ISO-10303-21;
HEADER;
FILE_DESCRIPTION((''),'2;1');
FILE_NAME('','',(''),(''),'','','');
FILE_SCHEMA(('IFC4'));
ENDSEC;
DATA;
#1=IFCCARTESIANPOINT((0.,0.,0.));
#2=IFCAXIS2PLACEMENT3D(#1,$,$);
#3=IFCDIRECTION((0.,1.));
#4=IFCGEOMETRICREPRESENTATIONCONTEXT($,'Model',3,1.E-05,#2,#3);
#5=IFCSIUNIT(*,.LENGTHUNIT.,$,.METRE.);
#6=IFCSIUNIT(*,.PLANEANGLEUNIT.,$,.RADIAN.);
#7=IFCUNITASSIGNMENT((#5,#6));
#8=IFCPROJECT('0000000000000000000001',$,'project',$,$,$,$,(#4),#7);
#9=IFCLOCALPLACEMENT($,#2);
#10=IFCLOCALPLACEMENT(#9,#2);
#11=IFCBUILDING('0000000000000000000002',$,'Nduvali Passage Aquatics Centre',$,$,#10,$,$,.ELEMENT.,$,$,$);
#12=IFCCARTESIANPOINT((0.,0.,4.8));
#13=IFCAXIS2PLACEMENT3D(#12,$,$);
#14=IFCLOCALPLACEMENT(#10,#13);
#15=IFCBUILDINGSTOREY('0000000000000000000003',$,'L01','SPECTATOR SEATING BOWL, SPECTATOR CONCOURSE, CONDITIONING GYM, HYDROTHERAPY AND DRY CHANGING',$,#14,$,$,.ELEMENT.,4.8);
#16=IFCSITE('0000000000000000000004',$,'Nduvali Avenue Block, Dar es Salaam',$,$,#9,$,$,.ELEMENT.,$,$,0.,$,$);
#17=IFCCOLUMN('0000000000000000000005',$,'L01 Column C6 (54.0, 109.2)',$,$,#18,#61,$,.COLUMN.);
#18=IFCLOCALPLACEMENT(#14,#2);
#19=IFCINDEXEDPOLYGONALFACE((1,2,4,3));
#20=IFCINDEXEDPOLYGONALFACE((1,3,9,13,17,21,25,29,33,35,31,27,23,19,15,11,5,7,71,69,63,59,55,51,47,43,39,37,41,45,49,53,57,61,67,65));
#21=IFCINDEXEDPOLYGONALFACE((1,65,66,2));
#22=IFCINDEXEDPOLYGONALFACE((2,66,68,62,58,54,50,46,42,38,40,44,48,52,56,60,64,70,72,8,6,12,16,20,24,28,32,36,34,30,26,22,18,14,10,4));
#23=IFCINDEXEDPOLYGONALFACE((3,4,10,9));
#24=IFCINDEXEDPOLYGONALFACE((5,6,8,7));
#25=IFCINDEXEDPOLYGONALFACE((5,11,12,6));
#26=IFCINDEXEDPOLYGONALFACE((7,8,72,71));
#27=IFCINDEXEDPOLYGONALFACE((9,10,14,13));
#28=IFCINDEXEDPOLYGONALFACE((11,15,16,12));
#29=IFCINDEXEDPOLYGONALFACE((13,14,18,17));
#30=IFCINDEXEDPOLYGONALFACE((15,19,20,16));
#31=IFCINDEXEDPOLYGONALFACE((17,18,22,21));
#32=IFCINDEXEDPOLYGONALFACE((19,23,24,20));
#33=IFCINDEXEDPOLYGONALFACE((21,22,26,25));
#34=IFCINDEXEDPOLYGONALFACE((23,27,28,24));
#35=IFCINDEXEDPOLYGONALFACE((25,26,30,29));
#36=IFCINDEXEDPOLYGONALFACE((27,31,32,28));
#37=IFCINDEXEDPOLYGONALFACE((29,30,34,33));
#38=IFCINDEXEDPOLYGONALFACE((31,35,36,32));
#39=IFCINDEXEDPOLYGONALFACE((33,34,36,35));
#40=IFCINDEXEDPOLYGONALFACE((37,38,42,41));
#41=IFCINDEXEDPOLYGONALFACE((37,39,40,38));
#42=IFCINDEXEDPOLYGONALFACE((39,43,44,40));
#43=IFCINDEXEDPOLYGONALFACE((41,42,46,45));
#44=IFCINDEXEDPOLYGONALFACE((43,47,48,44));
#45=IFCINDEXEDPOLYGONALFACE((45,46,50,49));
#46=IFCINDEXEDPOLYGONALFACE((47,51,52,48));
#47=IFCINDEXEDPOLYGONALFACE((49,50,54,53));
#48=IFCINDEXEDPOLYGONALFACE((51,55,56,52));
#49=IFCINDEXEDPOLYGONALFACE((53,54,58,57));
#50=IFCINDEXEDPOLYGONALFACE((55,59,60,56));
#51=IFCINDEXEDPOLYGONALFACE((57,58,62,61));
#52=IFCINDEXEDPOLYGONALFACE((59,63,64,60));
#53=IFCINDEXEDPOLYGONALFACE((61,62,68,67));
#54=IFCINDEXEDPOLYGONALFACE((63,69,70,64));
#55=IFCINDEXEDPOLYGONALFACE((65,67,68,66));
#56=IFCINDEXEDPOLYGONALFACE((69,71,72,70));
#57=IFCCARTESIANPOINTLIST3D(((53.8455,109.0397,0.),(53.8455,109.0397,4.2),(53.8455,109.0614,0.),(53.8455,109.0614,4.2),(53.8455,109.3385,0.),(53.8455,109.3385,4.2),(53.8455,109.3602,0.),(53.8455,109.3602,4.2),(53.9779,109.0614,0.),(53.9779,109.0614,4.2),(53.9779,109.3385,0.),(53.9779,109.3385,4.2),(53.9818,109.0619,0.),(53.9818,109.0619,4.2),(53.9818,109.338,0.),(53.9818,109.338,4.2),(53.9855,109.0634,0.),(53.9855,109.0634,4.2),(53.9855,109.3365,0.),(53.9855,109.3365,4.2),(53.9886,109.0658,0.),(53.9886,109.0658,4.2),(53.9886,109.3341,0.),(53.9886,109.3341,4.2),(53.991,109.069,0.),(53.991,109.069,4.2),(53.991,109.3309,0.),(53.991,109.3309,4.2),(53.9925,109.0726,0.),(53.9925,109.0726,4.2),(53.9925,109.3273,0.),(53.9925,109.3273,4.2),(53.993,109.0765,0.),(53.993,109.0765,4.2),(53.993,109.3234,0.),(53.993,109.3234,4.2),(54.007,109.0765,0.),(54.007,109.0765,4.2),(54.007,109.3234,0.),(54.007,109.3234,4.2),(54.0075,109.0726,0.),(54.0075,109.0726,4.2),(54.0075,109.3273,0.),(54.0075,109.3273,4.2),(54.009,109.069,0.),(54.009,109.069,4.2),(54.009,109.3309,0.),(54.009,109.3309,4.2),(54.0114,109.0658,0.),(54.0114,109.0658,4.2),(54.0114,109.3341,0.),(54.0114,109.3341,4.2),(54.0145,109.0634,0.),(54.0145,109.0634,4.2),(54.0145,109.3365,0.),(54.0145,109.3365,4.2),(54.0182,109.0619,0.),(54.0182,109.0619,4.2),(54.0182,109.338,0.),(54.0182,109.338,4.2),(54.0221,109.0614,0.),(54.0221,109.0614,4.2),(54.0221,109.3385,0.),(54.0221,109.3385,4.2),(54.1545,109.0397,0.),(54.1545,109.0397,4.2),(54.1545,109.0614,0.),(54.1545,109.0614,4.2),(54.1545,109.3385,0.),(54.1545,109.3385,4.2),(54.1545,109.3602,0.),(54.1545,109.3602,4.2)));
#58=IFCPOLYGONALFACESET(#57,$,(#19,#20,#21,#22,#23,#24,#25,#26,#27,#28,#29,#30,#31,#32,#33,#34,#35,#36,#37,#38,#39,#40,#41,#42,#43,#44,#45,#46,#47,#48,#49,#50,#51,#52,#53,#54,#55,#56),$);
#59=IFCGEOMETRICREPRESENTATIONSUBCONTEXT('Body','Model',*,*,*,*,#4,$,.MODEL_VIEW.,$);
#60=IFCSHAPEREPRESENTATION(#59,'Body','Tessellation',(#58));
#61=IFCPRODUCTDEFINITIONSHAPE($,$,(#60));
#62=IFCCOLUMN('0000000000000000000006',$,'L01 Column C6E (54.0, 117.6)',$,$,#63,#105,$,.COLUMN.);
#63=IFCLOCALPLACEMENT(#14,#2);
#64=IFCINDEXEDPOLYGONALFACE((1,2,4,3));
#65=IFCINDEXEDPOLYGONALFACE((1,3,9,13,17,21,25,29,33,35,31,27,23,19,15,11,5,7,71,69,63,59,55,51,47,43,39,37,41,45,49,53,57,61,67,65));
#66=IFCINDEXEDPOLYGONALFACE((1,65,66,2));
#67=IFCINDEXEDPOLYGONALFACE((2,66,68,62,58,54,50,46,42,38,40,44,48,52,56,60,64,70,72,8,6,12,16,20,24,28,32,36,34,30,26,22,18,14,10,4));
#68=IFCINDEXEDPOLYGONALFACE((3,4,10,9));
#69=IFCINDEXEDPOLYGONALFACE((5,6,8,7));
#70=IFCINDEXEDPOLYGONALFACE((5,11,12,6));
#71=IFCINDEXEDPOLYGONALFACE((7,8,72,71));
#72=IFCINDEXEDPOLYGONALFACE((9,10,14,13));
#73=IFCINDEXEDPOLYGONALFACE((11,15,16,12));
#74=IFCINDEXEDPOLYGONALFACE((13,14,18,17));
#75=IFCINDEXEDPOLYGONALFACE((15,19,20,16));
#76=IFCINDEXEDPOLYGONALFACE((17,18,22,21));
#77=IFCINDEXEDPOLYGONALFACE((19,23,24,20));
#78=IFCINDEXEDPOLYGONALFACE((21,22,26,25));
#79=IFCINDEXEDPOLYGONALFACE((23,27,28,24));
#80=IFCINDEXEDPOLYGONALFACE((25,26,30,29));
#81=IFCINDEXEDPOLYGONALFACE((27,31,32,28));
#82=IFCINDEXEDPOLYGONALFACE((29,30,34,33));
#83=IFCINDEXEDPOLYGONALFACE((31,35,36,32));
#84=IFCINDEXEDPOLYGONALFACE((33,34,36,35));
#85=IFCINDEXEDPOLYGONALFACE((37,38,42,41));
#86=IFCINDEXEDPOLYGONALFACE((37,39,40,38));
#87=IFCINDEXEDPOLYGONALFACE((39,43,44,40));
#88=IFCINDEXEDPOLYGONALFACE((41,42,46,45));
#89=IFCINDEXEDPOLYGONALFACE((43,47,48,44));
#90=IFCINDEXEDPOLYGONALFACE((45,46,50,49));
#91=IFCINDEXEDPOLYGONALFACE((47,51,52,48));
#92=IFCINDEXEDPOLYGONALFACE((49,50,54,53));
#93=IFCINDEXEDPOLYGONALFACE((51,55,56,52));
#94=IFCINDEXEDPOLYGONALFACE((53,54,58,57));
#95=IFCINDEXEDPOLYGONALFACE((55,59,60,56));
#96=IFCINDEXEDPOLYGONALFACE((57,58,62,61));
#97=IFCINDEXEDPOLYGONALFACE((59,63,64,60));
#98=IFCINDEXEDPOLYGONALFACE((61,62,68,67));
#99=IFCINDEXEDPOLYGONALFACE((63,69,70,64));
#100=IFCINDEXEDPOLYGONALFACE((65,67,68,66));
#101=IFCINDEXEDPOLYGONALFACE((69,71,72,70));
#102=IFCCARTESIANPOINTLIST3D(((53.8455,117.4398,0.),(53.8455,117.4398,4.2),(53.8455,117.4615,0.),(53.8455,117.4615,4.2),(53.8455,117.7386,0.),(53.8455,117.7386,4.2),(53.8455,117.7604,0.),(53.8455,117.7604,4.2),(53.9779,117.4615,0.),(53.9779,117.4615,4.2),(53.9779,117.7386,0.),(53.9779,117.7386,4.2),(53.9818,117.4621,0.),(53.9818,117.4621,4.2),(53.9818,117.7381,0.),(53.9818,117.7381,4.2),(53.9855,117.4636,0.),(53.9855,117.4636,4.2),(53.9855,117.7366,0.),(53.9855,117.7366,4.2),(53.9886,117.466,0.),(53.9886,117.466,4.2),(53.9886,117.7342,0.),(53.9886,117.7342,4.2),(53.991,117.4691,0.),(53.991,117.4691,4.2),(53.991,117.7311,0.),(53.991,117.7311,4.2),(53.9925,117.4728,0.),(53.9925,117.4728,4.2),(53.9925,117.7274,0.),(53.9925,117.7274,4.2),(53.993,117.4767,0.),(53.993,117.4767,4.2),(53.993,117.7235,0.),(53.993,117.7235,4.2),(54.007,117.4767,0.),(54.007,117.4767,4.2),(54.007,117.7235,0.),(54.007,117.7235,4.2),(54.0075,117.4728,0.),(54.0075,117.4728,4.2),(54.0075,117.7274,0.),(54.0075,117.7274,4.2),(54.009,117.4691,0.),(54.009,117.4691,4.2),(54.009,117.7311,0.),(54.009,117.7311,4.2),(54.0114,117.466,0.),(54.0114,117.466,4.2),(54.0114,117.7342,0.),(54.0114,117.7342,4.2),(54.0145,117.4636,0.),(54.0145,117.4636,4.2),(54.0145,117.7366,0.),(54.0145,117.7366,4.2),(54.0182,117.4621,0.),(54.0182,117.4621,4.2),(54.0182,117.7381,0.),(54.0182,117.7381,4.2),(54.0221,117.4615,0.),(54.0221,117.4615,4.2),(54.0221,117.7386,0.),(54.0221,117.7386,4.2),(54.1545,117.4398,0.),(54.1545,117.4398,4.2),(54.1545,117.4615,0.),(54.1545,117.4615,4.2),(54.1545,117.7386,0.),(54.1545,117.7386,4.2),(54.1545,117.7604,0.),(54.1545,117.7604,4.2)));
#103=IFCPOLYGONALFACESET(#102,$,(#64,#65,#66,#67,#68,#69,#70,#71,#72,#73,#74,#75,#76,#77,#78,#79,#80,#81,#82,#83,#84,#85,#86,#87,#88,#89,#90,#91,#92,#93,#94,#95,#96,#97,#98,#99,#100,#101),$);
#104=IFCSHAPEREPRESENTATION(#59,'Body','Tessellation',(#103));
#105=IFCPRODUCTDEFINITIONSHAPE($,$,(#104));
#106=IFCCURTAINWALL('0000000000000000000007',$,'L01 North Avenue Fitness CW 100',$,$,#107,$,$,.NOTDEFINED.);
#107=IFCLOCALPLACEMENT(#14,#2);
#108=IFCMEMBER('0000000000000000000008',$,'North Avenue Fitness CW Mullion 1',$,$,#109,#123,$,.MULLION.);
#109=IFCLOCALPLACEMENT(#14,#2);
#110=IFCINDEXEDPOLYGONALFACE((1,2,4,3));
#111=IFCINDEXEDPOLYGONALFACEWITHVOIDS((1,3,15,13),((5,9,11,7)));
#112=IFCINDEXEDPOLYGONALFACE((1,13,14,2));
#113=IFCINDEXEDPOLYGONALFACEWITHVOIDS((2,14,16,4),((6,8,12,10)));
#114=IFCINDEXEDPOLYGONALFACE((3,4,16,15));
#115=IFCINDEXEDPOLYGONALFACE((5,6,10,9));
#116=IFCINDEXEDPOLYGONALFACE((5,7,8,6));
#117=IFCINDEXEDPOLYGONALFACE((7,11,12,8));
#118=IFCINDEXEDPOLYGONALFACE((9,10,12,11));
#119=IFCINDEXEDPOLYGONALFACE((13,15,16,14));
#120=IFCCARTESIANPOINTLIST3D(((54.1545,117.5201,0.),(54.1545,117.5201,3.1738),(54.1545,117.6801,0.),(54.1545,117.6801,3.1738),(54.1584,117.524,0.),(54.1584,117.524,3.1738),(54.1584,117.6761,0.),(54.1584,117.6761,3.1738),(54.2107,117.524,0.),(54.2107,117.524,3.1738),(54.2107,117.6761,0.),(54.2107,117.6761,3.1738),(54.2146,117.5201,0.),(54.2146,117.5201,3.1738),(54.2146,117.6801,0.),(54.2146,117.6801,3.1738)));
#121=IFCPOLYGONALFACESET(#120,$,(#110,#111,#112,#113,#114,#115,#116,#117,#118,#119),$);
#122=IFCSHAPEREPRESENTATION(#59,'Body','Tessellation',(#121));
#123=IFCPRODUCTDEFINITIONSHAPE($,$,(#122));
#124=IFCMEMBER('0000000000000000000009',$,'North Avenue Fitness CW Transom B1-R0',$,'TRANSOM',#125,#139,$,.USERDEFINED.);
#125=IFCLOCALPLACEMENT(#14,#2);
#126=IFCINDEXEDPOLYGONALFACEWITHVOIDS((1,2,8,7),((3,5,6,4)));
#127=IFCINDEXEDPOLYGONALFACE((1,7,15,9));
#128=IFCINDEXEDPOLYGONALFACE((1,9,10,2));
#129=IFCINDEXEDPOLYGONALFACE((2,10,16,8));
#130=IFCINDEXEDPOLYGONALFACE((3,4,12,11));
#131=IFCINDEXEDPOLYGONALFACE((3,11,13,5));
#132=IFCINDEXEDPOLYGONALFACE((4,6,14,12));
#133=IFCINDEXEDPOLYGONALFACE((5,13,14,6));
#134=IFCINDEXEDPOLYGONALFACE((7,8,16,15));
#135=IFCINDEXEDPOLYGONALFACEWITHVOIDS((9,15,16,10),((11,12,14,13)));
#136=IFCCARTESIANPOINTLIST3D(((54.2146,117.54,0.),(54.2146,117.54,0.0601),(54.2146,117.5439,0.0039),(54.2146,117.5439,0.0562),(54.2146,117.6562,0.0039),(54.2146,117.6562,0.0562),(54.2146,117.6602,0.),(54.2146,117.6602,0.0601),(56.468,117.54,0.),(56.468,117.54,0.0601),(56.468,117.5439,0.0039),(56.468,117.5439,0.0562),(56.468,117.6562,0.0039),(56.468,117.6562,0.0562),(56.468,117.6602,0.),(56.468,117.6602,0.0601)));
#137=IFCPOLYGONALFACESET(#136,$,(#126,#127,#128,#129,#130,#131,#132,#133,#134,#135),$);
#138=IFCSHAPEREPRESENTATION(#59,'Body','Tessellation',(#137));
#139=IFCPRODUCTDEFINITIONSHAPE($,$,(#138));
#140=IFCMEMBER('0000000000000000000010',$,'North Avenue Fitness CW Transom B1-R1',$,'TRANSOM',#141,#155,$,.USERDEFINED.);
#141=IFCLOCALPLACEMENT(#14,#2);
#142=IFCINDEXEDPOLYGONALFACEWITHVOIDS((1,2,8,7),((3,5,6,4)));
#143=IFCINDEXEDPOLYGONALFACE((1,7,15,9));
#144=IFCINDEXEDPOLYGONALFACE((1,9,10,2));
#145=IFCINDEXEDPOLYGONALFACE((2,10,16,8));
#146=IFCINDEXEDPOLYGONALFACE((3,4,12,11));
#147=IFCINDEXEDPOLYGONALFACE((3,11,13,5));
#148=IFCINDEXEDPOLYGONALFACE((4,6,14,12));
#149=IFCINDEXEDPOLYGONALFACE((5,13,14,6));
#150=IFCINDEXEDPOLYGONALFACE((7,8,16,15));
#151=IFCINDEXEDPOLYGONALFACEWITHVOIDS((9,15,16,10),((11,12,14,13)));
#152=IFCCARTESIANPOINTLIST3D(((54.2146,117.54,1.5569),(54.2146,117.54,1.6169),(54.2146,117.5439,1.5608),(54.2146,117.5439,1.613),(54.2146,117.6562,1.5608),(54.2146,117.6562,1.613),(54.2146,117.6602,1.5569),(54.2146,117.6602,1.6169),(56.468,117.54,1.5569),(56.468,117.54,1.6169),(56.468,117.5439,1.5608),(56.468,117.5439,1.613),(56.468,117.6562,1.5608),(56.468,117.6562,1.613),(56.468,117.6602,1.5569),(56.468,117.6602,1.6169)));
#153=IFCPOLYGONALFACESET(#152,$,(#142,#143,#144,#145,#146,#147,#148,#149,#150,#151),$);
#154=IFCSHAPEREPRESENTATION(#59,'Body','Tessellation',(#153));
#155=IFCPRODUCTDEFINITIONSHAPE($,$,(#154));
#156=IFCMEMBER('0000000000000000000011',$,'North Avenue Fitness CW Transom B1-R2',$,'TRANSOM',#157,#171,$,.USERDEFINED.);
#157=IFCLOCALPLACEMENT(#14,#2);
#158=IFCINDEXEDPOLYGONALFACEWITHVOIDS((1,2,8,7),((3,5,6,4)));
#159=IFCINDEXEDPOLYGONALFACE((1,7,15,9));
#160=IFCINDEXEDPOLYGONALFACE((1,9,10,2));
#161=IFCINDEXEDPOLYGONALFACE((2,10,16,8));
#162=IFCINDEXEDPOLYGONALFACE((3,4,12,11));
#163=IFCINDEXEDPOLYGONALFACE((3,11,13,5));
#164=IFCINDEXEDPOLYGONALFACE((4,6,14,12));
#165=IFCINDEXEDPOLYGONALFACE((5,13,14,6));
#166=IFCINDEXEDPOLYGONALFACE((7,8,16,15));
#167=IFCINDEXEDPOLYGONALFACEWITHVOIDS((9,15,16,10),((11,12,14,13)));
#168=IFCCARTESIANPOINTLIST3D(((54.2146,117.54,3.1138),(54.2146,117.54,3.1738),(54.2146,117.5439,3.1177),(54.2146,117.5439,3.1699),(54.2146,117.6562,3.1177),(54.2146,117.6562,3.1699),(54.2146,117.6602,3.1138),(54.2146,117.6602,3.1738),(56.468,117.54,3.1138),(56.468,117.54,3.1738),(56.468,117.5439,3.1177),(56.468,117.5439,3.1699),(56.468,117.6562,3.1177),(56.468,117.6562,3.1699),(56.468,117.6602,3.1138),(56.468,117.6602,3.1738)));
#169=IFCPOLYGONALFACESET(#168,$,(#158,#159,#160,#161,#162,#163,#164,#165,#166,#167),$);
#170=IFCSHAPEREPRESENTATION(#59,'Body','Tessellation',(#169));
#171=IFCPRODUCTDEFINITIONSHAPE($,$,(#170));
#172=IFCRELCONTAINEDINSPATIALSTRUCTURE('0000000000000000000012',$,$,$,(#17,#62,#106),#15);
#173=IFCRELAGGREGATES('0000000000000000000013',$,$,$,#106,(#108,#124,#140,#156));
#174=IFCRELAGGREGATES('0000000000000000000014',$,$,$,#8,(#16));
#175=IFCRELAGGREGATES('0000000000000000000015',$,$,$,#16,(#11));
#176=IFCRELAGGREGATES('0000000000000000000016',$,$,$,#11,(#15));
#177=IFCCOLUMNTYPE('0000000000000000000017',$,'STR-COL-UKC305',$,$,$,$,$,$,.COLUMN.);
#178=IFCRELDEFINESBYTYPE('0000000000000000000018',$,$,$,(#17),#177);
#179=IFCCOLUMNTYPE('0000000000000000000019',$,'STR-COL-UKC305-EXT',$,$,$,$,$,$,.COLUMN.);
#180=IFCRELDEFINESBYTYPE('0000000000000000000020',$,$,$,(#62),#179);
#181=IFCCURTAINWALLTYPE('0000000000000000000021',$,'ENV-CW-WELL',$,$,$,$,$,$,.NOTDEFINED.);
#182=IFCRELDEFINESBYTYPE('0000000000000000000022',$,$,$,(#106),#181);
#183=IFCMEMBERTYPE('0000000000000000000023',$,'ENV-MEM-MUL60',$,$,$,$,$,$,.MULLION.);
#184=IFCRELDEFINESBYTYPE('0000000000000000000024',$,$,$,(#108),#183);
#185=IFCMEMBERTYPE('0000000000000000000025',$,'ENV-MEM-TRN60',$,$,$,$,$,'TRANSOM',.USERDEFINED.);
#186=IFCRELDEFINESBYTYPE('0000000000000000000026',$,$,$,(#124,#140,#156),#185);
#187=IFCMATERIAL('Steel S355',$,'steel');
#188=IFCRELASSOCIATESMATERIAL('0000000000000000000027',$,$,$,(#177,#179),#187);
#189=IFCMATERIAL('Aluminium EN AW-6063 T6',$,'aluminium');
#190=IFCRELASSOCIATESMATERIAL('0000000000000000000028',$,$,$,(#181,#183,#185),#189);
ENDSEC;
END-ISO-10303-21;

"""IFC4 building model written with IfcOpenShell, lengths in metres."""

from ifc_helpers import new_model, si_unit, direction, frame, origin, origin_2d, place, context, subcontext, project, spatial, hollow_rectangle, i_section, extrude, material, material_profile, profile_set, type_object, element, aggregate, save


model = new_model("IFC4")

# Units and contexts
model_context = context("Model", 3, precision=1e-05, world=origin(), true_north=direction((0.0, 1.0)))
body_context = subcontext(model_context, "Body", "Model", "MODEL_VIEW")
ifc_project = project(units=[si_unit("LENGTHUNIT", "METRE"), si_unit("PLANEANGLEUNIT", "RADIAN")], contexts=[model_context])

# Site, building, storey
site_placement = place(None, origin())
site = spatial("IfcSite", under=ifc_project, at=site_placement, Name="Nduvali Avenue Block, Dar es Salaam", CompositionType="ELEMENT", RefElevation=0.0)
building_placement = place(site_placement, origin())
building = spatial("IfcBuilding", under=site, at=building_placement, Name="Nduvali Passage Aquatics Centre", CompositionType="ELEMENT")
storey_placement = place(building_placement, frame((0.0, 0.0, 4.8)))
storey = spatial("IfcBuildingStorey", under=building, at=storey_placement, Name="L01", Description="SPECTATOR SEATING BOWL, SPECTATOR CONCOURSE, CONDITIONING GYM, HYDROTHERAPY AND DRY CHANGING", CompositionType="ELEMENT", Elevation=4.8)

# Columns
ifc_material_1 = material(Name="Steel S355", Category="steel")
ifc_material_profile_1 = material_profile(ifc_material_1, i_section(OverallWidth=0.3091, OverallDepth=0.3206, WebThickness=0.0139, FlangeThickness=0.0217, FilletRadius=0.0151, at=origin_2d()), Name="UKC 305x305x137")
ifc_profile_set_1 = profile_set([ifc_material_profile_1], Name="Steel S355")
column_type_1 = type_object("IfcColumnType", Name="STR-COL-UKC305", PredefinedType="COLUMN", material=ifc_profile_set_1)
column_1_placement = place(storey_placement, frame((54.0, 109.2, 0.0), z_axis=(0.0, 0.0, 1.0), x_axis=(1.0, 0.0, 0.0)))
element("IfcColumn", 1, at=column_1_placement, inside=storey, type_object=column_type_1, Name="L01 Column C6 (54.0, 109.2)", PredefinedType="COLUMN", context=body_context, shape_type="SweptSolid", body=[
    extrude(i_section(OverallWidth=0.3091, OverallDepth=0.3206, WebThickness=0.0139, FlangeThickness=0.0217, FilletRadius=0.0151, at=origin_2d()), origin(), (0.0, 0.0, 1.0), 4.2),
])
ifc_material_profile_2 = material_profile(ifc_material_1, i_section(OverallWidth=0.3091, OverallDepth=0.3206, WebThickness=0.0139, FlangeThickness=0.0217, FilletRadius=0.0151, at=origin_2d()), Name="UKC 305x305x137")
ifc_profile_set_2 = profile_set([ifc_material_profile_2], Name="Steel S355")
column_type_2 = type_object("IfcColumnType", Name="STR-COL-UKC305-EXT", PredefinedType="COLUMN", material=ifc_profile_set_2)
column_2_placement = place(storey_placement, frame((54.0, 117.6001, 0.0), z_axis=(0.0, 0.0, 1.0), x_axis=(1.0, 0.0, 0.0)))
element("IfcColumn", 2, at=column_2_placement, inside=storey, type_object=column_type_2, Name="L01 Column C6E (54.0, 117.6)", PredefinedType="COLUMN", context=body_context, shape_type="SweptSolid", body=[
    extrude(i_section(OverallWidth=0.3091, OverallDepth=0.3206, WebThickness=0.0139, FlangeThickness=0.0217, FilletRadius=0.0151, at=origin_2d()), origin(), (0.0, 0.0, 1.0), 4.2),
])

# Curtain wall, members
ifc_material_2 = material(Name="Aluminium EN AW-6063 T6", Category="aluminium")
curtain_wall_type = type_object("IfcCurtainWallType", Name="ENV-CW-WELL", PredefinedType="NOTDEFINED", material=ifc_material_2)
curtain_wall_placement = place(storey_placement, origin())
curtain_wall = element("IfcCurtainWall", 3, at=curtain_wall_placement, inside=storey, type_object=curtain_wall_type, Name="L01 North Avenue Fitness CW 100", PredefinedType="NOTDEFINED")
ifc_material_profile_3 = material_profile(ifc_material_2, hollow_rectangle(XDim=0.0601, YDim=0.1599, WallThickness=0.0039, at=origin_2d()), Name="ALU MULLION 60x160x4")
ifc_profile_set_3 = profile_set([ifc_material_profile_3], Name="Aluminium EN AW-6063 T6")
member_type_1 = type_object("IfcMemberType", Name="ENV-MEM-MUL60", PredefinedType="MULLION", material=ifc_profile_set_3)
member_1_placement = place(storey_placement, frame((54.1846, 117.6001, 0.0), z_axis=(0.0, 0.0, 1.0), x_axis=(1.0, 0.0, 0.0)))
member_1 = element("IfcMember", 4, at=member_1_placement, type_object=member_type_1, Name="North Avenue Fitness CW Mullion 1", PredefinedType="MULLION", context=body_context, shape_type="SweptSolid", body=[
    extrude(hollow_rectangle(XDim=0.0601, YDim=0.1599, WallThickness=0.0039, at=origin_2d()), origin(), (0.0, 0.0, 1.0), 3.1738),
])
ifc_material_profile_4 = material_profile(ifc_material_2, hollow_rectangle(XDim=0.1201, YDim=0.0601, WallThickness=0.0039, at=origin_2d()), Name="ALU TRANSOM 120x60x4")
ifc_profile_set_4 = profile_set([ifc_material_profile_4], Name="Aluminium EN AW-6063 T6")
member_type_2 = type_object("IfcMemberType", Name="ENV-MEM-TRN60", ElementType="TRANSOM", PredefinedType="USERDEFINED", material=ifc_profile_set_4)
member_2_placement = place(storey_placement, frame((54.2146, 117.6001, 0.03), z_axis=(1.0, 0.0, 0.0), x_axis=(0.0, 1.0, 0.0)))
member_2 = element("IfcMember", 5, at=member_2_placement, type_object=member_type_2, Name="North Avenue Fitness CW Transom B1-R0", ObjectType="TRANSOM", PredefinedType="USERDEFINED", context=body_context, shape_type="SweptSolid", body=[
    extrude(hollow_rectangle(XDim=0.1201, YDim=0.0601, WallThickness=0.0039, at=origin_2d()), origin(), (0.0, 0.0, 1.0), 2.2534),
])
member_3_placement = place(storey_placement, frame((54.2146, 117.6001, 1.5869), z_axis=(1.0, 0.0, 0.0), x_axis=(0.0, 1.0, 0.0)))
member_3 = element("IfcMember", 6, at=member_3_placement, type_object=member_type_2, Name="North Avenue Fitness CW Transom B1-R1", ObjectType="TRANSOM", PredefinedType="USERDEFINED", context=body_context, shape_type="SweptSolid", body=[
    extrude(hollow_rectangle(XDim=0.1201, YDim=0.0601, WallThickness=0.0039, at=origin_2d()), origin(), (0.0, 0.0, 1.0), 2.2534),
])
member_4_placement = place(storey_placement, frame((54.2146, 117.6001, 3.1438), z_axis=(1.0, 0.0, 0.0), x_axis=(0.0, 1.0, 0.0)))
member_4 = element("IfcMember", 7, at=member_4_placement, type_object=member_type_2, Name="North Avenue Fitness CW Transom B1-R2", ObjectType="TRANSOM", PredefinedType="USERDEFINED", context=body_context, shape_type="SweptSolid", body=[
    extrude(hollow_rectangle(XDim=0.1201, YDim=0.0601, WallThickness=0.0039, at=origin_2d()), origin(), (0.0, 0.0, 1.0), 2.2534),
])
aggregate(curtain_wall, [member_1, member_2, member_3, member_4])

save(model, "model.ifc")
